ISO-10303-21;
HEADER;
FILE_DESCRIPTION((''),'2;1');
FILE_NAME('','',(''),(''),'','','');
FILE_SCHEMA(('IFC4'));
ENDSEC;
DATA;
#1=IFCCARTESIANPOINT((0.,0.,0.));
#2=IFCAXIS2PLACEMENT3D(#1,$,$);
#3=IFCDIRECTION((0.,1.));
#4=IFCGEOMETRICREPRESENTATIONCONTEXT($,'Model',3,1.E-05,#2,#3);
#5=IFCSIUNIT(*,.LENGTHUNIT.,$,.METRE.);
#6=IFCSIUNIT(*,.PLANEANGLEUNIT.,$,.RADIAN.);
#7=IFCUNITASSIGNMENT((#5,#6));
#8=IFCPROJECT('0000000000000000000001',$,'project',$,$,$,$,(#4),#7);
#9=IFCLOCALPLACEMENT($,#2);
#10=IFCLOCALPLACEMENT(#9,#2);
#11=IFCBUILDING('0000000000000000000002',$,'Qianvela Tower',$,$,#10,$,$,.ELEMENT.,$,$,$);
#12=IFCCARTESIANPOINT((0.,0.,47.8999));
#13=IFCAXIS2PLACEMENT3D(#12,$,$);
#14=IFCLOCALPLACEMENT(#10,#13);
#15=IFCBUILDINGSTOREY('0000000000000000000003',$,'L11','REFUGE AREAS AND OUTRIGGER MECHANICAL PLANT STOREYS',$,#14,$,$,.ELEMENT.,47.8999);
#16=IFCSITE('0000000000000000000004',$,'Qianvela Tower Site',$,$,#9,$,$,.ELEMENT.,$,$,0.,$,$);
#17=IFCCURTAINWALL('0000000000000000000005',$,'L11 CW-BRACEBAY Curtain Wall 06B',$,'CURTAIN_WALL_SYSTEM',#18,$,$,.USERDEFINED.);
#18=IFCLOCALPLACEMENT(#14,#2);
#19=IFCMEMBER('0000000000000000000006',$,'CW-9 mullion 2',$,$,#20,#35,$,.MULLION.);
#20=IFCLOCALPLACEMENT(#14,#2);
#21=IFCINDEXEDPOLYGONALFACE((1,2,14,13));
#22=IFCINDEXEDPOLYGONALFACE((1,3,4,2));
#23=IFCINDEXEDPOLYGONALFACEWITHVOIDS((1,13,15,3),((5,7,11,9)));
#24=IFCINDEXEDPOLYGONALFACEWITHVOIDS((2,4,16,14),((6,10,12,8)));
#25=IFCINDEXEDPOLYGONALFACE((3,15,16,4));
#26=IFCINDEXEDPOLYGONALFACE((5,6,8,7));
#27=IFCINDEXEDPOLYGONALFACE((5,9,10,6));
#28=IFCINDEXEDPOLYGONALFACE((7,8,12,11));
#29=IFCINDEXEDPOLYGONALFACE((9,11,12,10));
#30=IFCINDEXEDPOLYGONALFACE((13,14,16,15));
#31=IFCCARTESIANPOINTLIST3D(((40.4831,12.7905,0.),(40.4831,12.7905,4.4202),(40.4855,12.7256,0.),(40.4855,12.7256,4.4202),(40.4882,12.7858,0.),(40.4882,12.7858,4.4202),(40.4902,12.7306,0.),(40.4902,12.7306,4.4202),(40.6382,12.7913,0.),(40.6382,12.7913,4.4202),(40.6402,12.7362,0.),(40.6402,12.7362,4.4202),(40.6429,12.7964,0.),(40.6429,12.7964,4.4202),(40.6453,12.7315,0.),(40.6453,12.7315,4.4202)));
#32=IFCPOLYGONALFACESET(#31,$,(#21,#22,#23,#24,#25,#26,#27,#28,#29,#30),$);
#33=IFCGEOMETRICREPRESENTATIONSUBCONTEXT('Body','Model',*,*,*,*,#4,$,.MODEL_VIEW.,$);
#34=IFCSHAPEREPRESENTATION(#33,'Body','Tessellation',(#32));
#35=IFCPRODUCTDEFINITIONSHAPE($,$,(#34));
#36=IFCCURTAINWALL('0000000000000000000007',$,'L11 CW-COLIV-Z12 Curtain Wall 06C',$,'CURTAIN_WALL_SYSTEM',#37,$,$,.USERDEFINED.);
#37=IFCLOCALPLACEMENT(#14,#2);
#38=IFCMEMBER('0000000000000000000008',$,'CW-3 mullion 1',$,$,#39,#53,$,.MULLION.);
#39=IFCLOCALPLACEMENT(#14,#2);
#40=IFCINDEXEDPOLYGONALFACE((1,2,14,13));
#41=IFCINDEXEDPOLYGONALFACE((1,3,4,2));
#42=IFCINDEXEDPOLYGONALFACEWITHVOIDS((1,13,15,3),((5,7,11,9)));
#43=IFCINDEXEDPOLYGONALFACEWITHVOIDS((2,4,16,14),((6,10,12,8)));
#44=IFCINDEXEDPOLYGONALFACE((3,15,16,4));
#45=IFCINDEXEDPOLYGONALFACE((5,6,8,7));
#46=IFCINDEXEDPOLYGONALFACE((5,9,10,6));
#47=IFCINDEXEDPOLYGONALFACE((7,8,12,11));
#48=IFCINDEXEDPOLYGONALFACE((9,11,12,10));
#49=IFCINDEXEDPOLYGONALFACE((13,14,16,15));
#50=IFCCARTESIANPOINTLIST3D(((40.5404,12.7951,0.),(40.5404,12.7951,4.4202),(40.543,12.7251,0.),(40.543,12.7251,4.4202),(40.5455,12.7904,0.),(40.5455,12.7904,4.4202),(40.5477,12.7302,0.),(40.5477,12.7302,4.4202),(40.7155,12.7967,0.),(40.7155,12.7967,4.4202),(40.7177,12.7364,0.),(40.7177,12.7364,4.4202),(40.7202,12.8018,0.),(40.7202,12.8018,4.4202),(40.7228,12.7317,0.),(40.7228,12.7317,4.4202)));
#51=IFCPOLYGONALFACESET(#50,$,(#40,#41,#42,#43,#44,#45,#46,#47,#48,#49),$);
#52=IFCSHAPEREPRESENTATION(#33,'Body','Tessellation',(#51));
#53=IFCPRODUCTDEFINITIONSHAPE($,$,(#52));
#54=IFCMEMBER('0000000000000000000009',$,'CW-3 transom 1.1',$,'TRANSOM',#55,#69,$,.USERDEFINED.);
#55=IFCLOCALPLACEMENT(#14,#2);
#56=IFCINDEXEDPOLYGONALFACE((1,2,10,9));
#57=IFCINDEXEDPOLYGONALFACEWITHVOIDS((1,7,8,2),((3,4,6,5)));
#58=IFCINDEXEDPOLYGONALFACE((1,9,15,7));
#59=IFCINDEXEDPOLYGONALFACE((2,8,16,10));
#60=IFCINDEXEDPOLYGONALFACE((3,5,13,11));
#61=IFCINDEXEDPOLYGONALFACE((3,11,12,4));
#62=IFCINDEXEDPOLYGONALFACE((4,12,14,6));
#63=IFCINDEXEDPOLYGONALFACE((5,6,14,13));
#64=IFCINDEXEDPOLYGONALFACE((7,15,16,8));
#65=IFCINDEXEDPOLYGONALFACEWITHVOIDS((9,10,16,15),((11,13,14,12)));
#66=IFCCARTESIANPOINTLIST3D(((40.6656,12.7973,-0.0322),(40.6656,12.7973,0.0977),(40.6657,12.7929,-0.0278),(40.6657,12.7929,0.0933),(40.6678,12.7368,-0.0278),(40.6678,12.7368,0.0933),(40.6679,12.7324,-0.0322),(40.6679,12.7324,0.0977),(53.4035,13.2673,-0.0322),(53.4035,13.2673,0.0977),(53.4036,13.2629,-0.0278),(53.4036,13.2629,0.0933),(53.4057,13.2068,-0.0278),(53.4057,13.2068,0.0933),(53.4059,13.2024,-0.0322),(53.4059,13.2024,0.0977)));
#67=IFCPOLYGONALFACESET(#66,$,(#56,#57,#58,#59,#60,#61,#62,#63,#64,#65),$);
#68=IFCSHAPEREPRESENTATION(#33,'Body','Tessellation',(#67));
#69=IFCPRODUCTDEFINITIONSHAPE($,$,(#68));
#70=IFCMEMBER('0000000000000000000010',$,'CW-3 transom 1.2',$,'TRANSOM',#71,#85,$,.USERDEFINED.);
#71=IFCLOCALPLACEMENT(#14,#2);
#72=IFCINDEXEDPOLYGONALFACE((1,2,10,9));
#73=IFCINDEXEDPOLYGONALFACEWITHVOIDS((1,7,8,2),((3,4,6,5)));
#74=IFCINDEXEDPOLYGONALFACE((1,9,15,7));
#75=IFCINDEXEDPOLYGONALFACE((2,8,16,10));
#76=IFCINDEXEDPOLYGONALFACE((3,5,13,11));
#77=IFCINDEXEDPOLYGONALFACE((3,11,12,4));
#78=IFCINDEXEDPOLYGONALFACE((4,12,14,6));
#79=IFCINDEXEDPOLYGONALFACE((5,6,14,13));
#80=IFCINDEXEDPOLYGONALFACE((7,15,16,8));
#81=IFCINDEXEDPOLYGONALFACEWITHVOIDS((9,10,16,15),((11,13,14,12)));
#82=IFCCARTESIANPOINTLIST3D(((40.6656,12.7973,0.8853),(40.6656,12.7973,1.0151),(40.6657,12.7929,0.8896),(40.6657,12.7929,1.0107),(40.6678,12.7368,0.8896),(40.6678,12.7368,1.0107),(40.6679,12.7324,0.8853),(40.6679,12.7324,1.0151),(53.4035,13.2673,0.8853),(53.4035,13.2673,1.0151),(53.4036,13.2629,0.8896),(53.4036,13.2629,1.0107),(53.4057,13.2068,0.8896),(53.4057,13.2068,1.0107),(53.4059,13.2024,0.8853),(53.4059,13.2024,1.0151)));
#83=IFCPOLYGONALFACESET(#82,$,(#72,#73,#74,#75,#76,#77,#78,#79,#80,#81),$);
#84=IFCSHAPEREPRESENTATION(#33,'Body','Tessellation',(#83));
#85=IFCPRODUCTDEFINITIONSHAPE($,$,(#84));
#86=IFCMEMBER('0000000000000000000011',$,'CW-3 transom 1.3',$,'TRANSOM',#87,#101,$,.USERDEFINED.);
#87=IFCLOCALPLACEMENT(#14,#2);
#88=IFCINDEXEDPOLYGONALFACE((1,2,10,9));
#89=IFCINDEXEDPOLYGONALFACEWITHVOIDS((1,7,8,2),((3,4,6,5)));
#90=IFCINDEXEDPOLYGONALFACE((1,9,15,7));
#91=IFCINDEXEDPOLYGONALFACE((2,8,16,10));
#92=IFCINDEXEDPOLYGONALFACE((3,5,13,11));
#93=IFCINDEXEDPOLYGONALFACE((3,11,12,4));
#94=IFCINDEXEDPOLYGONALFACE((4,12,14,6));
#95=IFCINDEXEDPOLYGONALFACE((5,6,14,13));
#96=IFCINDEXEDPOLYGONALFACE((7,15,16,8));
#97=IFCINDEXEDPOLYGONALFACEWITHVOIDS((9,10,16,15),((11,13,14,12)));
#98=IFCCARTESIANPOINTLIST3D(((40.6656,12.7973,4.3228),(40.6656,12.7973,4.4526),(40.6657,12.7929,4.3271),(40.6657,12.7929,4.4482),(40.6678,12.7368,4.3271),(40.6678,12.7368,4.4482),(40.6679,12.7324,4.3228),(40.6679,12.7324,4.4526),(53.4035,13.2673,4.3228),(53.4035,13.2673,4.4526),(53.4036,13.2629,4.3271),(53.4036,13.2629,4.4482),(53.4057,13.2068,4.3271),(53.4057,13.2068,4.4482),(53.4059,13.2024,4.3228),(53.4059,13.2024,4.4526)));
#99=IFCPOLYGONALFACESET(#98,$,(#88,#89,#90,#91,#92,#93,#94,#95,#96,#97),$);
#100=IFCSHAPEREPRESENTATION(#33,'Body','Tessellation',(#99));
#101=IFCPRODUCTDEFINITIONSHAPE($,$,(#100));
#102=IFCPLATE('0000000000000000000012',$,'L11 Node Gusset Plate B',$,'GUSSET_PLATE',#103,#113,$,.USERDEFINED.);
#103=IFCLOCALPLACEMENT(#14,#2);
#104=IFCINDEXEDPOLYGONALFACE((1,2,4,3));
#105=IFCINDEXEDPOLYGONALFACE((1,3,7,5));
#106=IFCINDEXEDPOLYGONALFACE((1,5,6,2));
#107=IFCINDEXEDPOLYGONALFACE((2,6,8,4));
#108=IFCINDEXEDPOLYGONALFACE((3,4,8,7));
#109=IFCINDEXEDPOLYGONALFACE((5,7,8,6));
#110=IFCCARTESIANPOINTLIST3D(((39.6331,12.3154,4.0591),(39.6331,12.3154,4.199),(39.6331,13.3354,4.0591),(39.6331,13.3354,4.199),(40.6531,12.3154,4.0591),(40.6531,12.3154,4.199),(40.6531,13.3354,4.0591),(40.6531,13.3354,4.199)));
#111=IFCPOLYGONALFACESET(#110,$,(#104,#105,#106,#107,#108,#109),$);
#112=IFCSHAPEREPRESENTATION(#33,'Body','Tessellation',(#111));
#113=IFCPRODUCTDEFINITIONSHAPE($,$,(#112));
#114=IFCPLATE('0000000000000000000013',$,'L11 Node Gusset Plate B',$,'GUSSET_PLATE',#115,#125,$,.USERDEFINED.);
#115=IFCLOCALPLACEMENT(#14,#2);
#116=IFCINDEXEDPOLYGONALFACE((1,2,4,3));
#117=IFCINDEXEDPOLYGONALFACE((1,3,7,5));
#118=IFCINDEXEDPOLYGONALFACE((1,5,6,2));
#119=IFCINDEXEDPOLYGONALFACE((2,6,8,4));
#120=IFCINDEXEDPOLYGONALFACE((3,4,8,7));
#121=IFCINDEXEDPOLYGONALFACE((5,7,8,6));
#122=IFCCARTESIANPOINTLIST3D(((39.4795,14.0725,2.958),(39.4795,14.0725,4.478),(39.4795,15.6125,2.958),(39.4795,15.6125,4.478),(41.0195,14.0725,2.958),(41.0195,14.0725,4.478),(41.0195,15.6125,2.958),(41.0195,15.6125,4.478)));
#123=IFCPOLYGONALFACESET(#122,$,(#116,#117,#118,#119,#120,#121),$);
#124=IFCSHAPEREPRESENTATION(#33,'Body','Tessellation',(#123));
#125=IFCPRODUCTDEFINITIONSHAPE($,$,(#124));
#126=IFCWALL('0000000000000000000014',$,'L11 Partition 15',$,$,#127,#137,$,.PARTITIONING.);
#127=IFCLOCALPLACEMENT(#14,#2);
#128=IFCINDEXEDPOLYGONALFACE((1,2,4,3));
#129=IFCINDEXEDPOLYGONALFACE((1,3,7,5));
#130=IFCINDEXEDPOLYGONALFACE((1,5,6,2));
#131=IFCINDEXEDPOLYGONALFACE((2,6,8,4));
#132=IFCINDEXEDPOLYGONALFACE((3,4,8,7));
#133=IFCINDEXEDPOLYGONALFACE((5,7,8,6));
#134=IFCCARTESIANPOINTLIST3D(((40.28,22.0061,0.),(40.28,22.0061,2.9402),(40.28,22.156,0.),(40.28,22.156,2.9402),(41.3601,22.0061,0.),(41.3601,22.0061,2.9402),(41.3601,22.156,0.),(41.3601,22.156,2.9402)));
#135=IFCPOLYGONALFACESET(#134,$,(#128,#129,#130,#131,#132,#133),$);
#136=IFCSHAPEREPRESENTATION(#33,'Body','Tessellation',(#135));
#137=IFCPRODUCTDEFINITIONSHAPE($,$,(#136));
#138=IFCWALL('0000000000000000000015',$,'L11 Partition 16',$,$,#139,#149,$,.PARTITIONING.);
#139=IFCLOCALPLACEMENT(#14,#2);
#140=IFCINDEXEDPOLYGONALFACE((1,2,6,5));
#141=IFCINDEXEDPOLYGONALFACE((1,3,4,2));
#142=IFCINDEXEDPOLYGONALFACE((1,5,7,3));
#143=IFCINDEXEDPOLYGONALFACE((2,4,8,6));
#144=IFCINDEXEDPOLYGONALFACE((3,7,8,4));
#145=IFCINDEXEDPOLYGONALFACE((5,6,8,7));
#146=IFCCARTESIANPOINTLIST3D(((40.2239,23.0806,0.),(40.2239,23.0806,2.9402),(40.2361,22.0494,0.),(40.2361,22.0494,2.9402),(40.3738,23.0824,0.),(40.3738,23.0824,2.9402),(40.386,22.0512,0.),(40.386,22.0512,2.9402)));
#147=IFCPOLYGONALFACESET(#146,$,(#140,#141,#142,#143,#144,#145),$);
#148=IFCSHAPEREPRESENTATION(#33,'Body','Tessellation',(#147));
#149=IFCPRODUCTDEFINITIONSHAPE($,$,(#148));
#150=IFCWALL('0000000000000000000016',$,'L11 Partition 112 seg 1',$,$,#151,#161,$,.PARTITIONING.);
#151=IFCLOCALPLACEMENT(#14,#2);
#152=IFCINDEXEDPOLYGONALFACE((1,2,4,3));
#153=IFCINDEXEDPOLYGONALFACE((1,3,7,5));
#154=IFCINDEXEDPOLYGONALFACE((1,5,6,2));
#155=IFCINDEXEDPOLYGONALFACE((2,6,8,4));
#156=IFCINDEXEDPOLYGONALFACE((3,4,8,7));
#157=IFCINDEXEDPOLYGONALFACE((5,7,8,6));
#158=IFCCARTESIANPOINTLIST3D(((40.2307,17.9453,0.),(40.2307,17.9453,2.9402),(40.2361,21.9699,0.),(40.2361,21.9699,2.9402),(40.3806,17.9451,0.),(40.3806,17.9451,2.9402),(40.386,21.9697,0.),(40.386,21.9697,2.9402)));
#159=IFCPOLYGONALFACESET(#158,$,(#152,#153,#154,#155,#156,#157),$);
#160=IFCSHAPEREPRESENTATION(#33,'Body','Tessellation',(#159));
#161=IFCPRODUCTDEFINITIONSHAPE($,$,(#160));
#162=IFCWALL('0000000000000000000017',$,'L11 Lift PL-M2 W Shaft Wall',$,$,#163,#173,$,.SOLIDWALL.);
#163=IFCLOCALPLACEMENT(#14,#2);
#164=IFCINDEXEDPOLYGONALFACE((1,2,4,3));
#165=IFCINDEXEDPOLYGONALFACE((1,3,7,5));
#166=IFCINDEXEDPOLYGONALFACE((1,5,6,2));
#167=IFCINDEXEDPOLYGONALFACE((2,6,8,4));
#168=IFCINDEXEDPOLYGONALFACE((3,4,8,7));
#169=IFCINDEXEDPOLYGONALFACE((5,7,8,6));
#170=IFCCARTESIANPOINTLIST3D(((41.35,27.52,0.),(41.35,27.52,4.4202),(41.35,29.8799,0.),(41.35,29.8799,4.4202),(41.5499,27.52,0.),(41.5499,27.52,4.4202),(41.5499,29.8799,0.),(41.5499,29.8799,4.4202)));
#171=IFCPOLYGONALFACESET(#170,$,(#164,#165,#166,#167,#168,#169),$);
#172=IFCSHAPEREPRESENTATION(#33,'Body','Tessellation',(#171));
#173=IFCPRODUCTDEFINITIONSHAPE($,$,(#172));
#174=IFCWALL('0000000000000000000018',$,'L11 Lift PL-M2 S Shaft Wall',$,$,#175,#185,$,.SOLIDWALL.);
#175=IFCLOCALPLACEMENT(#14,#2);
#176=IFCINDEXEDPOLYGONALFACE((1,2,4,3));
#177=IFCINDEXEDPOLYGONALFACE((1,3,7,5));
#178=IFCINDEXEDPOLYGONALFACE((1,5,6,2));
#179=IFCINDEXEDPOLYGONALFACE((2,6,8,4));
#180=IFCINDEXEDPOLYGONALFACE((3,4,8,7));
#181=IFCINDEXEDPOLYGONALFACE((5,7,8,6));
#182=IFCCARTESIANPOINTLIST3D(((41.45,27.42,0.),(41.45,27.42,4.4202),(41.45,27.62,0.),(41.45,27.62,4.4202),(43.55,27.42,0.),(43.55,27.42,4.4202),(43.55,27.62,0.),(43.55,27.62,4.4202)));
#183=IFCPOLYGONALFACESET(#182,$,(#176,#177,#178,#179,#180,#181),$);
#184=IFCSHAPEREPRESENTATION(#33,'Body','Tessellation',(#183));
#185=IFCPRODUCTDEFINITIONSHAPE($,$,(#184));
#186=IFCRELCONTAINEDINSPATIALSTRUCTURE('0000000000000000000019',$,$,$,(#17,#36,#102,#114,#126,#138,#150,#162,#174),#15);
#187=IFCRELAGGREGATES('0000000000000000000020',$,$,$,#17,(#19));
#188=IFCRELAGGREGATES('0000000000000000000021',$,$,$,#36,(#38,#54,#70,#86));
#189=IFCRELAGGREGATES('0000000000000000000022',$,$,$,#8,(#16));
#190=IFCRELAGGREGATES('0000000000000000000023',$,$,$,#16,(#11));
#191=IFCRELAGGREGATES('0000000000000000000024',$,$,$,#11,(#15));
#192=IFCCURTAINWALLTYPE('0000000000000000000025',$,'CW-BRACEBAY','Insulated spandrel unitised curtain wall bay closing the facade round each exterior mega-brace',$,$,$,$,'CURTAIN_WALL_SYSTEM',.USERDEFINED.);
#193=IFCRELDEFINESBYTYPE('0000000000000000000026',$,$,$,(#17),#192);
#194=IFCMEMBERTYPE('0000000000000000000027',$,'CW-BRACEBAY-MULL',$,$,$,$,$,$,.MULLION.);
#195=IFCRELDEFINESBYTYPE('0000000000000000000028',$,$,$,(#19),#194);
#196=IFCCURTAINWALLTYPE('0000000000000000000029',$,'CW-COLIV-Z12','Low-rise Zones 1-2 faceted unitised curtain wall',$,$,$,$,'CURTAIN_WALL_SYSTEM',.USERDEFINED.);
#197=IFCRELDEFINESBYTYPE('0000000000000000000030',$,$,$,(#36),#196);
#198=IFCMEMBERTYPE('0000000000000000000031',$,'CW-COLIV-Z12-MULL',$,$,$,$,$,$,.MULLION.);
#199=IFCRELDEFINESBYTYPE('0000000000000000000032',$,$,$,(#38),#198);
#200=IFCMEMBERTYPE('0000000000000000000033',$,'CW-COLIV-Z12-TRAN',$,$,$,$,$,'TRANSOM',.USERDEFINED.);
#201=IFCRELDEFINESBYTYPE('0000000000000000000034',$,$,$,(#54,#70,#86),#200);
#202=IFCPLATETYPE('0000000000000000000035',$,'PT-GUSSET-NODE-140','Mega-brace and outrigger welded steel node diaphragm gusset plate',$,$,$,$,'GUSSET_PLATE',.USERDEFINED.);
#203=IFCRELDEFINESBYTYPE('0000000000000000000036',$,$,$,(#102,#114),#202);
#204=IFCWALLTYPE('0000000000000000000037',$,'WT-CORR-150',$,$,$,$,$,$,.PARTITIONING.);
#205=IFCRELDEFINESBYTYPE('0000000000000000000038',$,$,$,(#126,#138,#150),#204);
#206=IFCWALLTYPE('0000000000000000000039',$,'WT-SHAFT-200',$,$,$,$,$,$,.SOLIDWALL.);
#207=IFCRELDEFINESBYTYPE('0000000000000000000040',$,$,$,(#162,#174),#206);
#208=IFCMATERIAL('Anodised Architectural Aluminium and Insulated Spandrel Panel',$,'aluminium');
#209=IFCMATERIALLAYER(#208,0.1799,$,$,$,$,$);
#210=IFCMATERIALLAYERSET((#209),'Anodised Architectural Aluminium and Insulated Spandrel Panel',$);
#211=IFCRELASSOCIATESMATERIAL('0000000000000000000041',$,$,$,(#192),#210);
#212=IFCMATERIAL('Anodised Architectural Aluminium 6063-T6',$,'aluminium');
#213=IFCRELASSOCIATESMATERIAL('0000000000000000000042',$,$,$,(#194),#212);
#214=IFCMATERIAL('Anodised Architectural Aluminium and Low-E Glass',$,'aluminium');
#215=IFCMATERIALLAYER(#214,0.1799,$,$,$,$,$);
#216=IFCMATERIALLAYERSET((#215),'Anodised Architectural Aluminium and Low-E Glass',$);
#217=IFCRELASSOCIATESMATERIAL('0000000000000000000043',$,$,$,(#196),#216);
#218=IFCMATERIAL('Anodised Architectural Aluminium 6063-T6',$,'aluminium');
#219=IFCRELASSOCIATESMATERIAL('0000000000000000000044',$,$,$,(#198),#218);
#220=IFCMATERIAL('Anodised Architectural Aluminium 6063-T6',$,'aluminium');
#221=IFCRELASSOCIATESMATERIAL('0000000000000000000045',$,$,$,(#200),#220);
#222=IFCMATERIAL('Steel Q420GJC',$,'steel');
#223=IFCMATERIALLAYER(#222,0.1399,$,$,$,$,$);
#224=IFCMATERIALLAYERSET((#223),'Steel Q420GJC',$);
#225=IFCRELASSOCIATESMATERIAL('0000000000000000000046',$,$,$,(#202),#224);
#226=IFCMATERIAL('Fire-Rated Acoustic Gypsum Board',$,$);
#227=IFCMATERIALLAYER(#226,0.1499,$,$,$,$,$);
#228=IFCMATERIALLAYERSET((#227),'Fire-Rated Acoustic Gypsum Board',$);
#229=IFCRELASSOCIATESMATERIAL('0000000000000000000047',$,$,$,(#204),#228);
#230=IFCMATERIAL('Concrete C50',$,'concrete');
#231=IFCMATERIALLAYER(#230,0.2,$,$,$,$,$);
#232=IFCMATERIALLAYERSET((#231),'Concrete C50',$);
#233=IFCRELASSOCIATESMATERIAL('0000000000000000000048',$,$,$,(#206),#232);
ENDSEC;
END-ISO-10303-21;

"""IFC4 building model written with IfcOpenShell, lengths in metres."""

from ifc_helpers import new_model, si_unit, direction, frame, frame_2d, origin, origin_2d, place, context, subcontext, project, spatial, rectangle, hollow_rectangle, extrude, material, layer, layer_set, material_profile, profile_set, type_object, element, aggregate, save


model = new_model("IFC4")

# Units and contexts
model_context = context("Model", 3, precision=1e-05, world=origin(), true_north=direction((0.0, 1.0)))
body_context = subcontext(model_context, "Body", "Model", "MODEL_VIEW")
ifc_project = project(units=[si_unit("LENGTHUNIT", "METRE"), si_unit("PLANEANGLEUNIT", "RADIAN")], contexts=[model_context])

# Site, building, storey
site_placement = place(None, origin())
site = spatial("IfcSite", under=ifc_project, at=site_placement, Name="Qianvela Tower Site", CompositionType="ELEMENT", RefElevation=0.0)
building_placement = place(site_placement, origin())
building = spatial("IfcBuilding", under=site, at=building_placement, Name="Qianvela Tower", CompositionType="ELEMENT")
storey_placement = place(building_placement, frame((0.0, 0.0, 47.8999)))
storey = spatial("IfcBuildingStorey", under=building, at=storey_placement, Name="L11", Description="REFUGE AREAS AND OUTRIGGER MECHANICAL PLANT STOREYS", CompositionType="ELEMENT", Elevation=47.8999)

# Curtain wall, member
ifc_material_1 = material(Name="Anodised Architectural Aluminium and Insulated Spandrel Panel", Category="aluminium")
ifc_layer_1 = layer(ifc_material_1, 0.1799)
ifc_layer_set_1 = layer_set([ifc_layer_1], Name="Anodised Architectural Aluminium and Insulated Spandrel Panel")
curtain_wall_type_1 = type_object("IfcCurtainWallType", Name="CW-BRACEBAY", Description="Insulated spandrel unitised curtain wall bay closing the facade round each exterior mega-brace", ElementType="CURTAIN_WALL_SYSTEM", PredefinedType="USERDEFINED", material=ifc_layer_set_1)
curtain_wall_1_placement = place(storey_placement, origin())
curtain_wall_1 = element("IfcCurtainWall", 1, at=curtain_wall_1_placement, inside=storey, type_object=curtain_wall_type_1, Name="L11 CW-BRACEBAY Curtain Wall 06B", ObjectType="CURTAIN_WALL_SYSTEM", PredefinedType="USERDEFINED")
ifc_material_2 = material(Name="Anodised Architectural Aluminium 6063-T6", Category="aluminium")
ifc_material_profile_1 = material_profile(ifc_material_2, hollow_rectangle(XDim=0.0649, YDim=0.1599, WallThickness=0.0049, at=origin_2d()), Name="ALU-MULL-65x160")
ifc_profile_set_1 = profile_set([ifc_material_profile_1], Name="Anodised Architectural Aluminium 6063-T6")
member_type_1 = type_object("IfcMemberType", Name="CW-BRACEBAY-MULL", PredefinedType="MULLION", material=ifc_profile_set_1)
member_1_placement = place(storey_placement, frame((40.5642, 12.761, 0.0), z_axis=(0.0, 0.0, 1.0), x_axis=(-0.036872, 0.99932, 0.0)))
member_1 = element("IfcMember", 2, at=member_1_placement, type_object=member_type_1, Name="CW-9 mullion 2", PredefinedType="MULLION", context=body_context, shape_type="SweptSolid", body=[
    extrude(hollow_rectangle(XDim=0.0649, YDim=0.1599, WallThickness=0.0049, at=origin_2d()), origin(), (0.0, 0.0, 1.0), 4.4202),
])
aggregate(curtain_wall_1, [member_1])

# Curtain wall, members
ifc_material_3 = material(Name="Anodised Architectural Aluminium and Low-E Glass", Category="aluminium")
ifc_layer_2 = layer(ifc_material_3, 0.1799)
ifc_layer_set_2 = layer_set([ifc_layer_2], Name="Anodised Architectural Aluminium and Low-E Glass")
curtain_wall_type_2 = type_object("IfcCurtainWallType", Name="CW-COLIV-Z12", Description="Low-rise Zones 1-2 faceted unitised curtain wall", ElementType="CURTAIN_WALL_SYSTEM", PredefinedType="USERDEFINED", material=ifc_layer_set_2)
curtain_wall_2_placement = place(storey_placement, origin())
curtain_wall_2 = element("IfcCurtainWall", 3, at=curtain_wall_2_placement, inside=storey, type_object=curtain_wall_type_2, Name="L11 CW-COLIV-Z12 Curtain Wall 06C", ObjectType="CURTAIN_WALL_SYSTEM", PredefinedType="USERDEFINED")
ifc_material_4 = material(Name="Anodised Architectural Aluminium 6063-T6", Category="aluminium")
ifc_material_profile_2 = material_profile(ifc_material_4, hollow_rectangle(XDim=0.0701, YDim=0.1799, WallThickness=0.0049, at=origin_2d()), Name="ALU-MULL-70x180")
ifc_profile_set_2 = profile_set([ifc_material_profile_2], Name="Anodised Architectural Aluminium 6063-T6")
member_type_2 = type_object("IfcMemberType", Name="CW-COLIV-Z12-MULL", PredefinedType="MULLION", material=ifc_profile_set_2)
member_2_placement = place(storey_placement, frame((40.6316, 12.7634, 0.0), z_axis=(0.0, 0.0, 1.0), x_axis=(-0.036875, 0.99932, 0.0)))
member_2 = element("IfcMember", 4, at=member_2_placement, type_object=member_type_2, Name="CW-3 mullion 1", PredefinedType="MULLION", context=body_context, shape_type="SweptSolid", body=[
    extrude(hollow_rectangle(XDim=0.0701, YDim=0.1799, WallThickness=0.0049, at=origin_2d()), origin(), (0.0, 0.0, 1.0), 4.4202),
])
ifc_material_5 = material(Name="Anodised Architectural Aluminium 6063-T6", Category="aluminium")
ifc_material_profile_3 = material_profile(ifc_material_5, hollow_rectangle(XDim=0.0649, YDim=0.1299, WallThickness=0.0044, at=origin_2d()), Name="ALU-TRAN-65x130")
ifc_profile_set_3 = profile_set([ifc_material_profile_3], Name="Anodised Architectural Aluminium 6063-T6")
member_type_3 = type_object("IfcMemberType", Name="CW-COLIV-Z12-TRAN", ElementType="TRANSOM", PredefinedType="USERDEFINED", material=ifc_profile_set_3)
member_3_placement = place(storey_placement, frame((40.6667, 12.7649, 0.0327), z_axis=(0.99932, 0.03687, 0.0), x_axis=(-0.03687, 0.99932, 0.0)))
member_3 = element("IfcMember", 5, at=member_3_placement, type_object=member_type_3, Name="CW-3 transom 1.1", ObjectType="TRANSOM", PredefinedType="USERDEFINED", context=body_context, shape_type="SweptSolid", body=[
    extrude(hollow_rectangle(XDim=0.0649, YDim=0.1299, WallThickness=0.0044, at=origin_2d()), origin(), (0.0, 0.0, 1.0), 12.7466),
])
member_4_placement = place(storey_placement, frame((40.6667, 12.7649, 0.9502), z_axis=(0.99932, 0.03687, 0.0), x_axis=(-0.03687, 0.99932, 0.0)))
member_4 = element("IfcMember", 6, at=member_4_placement, type_object=member_type_3, Name="CW-3 transom 1.2", ObjectType="TRANSOM", PredefinedType="USERDEFINED", context=body_context, shape_type="SweptSolid", body=[
    extrude(hollow_rectangle(XDim=0.0649, YDim=0.1299, WallThickness=0.0044, at=origin_2d()), origin(), (0.0, 0.0, 1.0), 12.7466),
])
member_5_placement = place(storey_placement, frame((40.6667, 12.7649, 4.3877), z_axis=(0.99932, 0.03687, 0.0), x_axis=(-0.03687, 0.99932, 0.0)))
member_5 = element("IfcMember", 7, at=member_5_placement, type_object=member_type_3, Name="CW-3 transom 1.3", ObjectType="TRANSOM", PredefinedType="USERDEFINED", context=body_context, shape_type="SweptSolid", body=[
    extrude(hollow_rectangle(XDim=0.0649, YDim=0.1299, WallThickness=0.0044, at=origin_2d()), origin(), (0.0, 0.0, 1.0), 12.7466),
])
aggregate(curtain_wall_2, [member_2, member_3, member_4, member_5])

# Plates
ifc_material_6 = material(Name="Steel Q420GJC", Category="steel")
ifc_layer_3 = layer(ifc_material_6, 0.1399)
ifc_layer_set_3 = layer_set([ifc_layer_3], Name="Steel Q420GJC")
plate_type = type_object("IfcPlateType", Name="PT-GUSSET-NODE-140", Description="Mega-brace and outrigger welded steel node diaphragm gusset plate", ElementType="GUSSET_PLATE", PredefinedType="USERDEFINED", material=ifc_layer_set_3)
plate_1_placement = place(storey_placement, frame((40.1431, 12.8254, 4.0591), z_axis=(0.0, 0.0, 1.0), x_axis=(1.0, 0.0, 0.0)))
element("IfcPlate", 8, at=plate_1_placement, inside=storey, type_object=plate_type, Name="L11 Node Gusset Plate B", ObjectType="GUSSET_PLATE", PredefinedType="USERDEFINED", context=body_context, shape_type="SweptSolid", body=[
    extrude(rectangle(XDim=1.02, YDim=1.02, at=origin_2d()), origin(), (0.0, 0.0, 1.0), 0.1399),
])
plate_2_placement = place(storey_placement, frame((40.2495, 14.8425, 2.958), z_axis=(0.0, 0.0, 1.0), x_axis=(1.0, 0.0, 0.0)))
element("IfcPlate", 9, at=plate_2_placement, inside=storey, type_object=plate_type, Name="L11 Node Gusset Plate B", ObjectType="GUSSET_PLATE", PredefinedType="USERDEFINED", context=body_context, shape_type="SweptSolid", body=[
    extrude(rectangle(XDim=1.54, YDim=1.54, at=origin_2d()), origin(), (0.0, 0.0, 1.0), 1.52),
])

# Walls
ifc_material_7 = material(Name="Fire-Rated Acoustic Gypsum Board")
ifc_layer_4 = layer(ifc_material_7, 0.1499)
ifc_layer_set_4 = layer_set([ifc_layer_4], Name="Fire-Rated Acoustic Gypsum Board")
wall_type_1 = type_object("IfcWallType", Name="WT-CORR-150", PredefinedType="PARTITIONING", material=ifc_layer_set_4)
wall_1_placement = place(storey_placement, frame((41.3601, 22.0811, 0.0), z_axis=(0.0, 0.0, 1.0), x_axis=(-1.0, 0.0, 0.0)))
element("IfcWall", 10, at=wall_1_placement, inside=storey, type_object=wall_type_1, Name="L11 Partition 15", PredefinedType="PARTITIONING", context=body_context, shape_type="SweptSolid", body=[
    extrude(rectangle(XDim=1.0801, YDim=0.1499, at=frame_2d((0.54, 0.0))), origin(), (0.0, 0.0, 1.0), 2.9402),
])
wall_2_placement = place(storey_placement, frame((40.311, 22.0503, 0.0), z_axis=(0.0, 0.0, 1.0), x_axis=(-0.011836, 0.99993, 0.0)))
element("IfcWall", 11, at=wall_2_placement, inside=storey, type_object=wall_type_1, Name="L11 Partition 16", PredefinedType="PARTITIONING", context=body_context, shape_type="SweptSolid", body=[
    extrude(rectangle(XDim=1.0312, YDim=0.1499, at=frame_2d((0.5156, 0.0))), origin(), (0.0, 0.0, 1.0), 2.9402),
])
wall_3_placement = place(storey_placement, frame((40.3057, 17.9453, 0.0), z_axis=(0.0, 0.0, 1.0), x_axis=(0.001335, 0.999999, 0.0)))
element("IfcWall", 12, at=wall_3_placement, inside=storey, type_object=wall_type_1, Name="L11 Partition 112 seg 1", PredefinedType="PARTITIONING", context=body_context, shape_type="SweptSolid", body=[
    extrude(rectangle(XDim=4.0247, YDim=0.1499, at=frame_2d((2.0122, 0.0))), origin(), (0.0, 0.0, 1.0), 2.9402),
])
ifc_material_8 = material(Name="Concrete C50", Category="concrete")
ifc_layer_5 = layer(ifc_material_8, 0.2)
ifc_layer_set_5 = layer_set([ifc_layer_5], Name="Concrete C50")
wall_type_2 = type_object("IfcWallType", Name="WT-SHAFT-200", PredefinedType="SOLIDWALL", material=ifc_layer_set_5)
wall_4_placement = place(storey_placement, frame((41.45, 27.52, 0.0), z_axis=(0.0, 0.0, 1.0), x_axis=(0.0, 1.0, 0.0)))
element("IfcWall", 13, at=wall_4_placement, inside=storey, type_object=wall_type_2, Name="L11 Lift PL-M2 W Shaft Wall", PredefinedType="SOLIDWALL", context=body_context, shape_type="SweptSolid", body=[
    extrude(rectangle(XDim=2.3599, YDim=0.2, at=frame_2d((1.1799, 0.0))), origin(), (0.0, 0.0, 1.0), 4.4202),
])
wall_5_placement = place(storey_placement, frame((41.45, 27.52, 0.0), z_axis=(0.0, 0.0, 1.0), x_axis=(1.0, 0.0, 0.0)))
element("IfcWall", 14, at=wall_5_placement, inside=storey, type_object=wall_type_2, Name="L11 Lift PL-M2 S Shaft Wall", PredefinedType="SOLIDWALL", context=body_context, shape_type="SweptSolid", body=[
    extrude(rectangle(XDim=2.1001, YDim=0.2, at=frame_2d((1.05, 0.0))), origin(), (0.0, 0.0, 1.0), 4.4202),
])

save(model, "model.ifc")
